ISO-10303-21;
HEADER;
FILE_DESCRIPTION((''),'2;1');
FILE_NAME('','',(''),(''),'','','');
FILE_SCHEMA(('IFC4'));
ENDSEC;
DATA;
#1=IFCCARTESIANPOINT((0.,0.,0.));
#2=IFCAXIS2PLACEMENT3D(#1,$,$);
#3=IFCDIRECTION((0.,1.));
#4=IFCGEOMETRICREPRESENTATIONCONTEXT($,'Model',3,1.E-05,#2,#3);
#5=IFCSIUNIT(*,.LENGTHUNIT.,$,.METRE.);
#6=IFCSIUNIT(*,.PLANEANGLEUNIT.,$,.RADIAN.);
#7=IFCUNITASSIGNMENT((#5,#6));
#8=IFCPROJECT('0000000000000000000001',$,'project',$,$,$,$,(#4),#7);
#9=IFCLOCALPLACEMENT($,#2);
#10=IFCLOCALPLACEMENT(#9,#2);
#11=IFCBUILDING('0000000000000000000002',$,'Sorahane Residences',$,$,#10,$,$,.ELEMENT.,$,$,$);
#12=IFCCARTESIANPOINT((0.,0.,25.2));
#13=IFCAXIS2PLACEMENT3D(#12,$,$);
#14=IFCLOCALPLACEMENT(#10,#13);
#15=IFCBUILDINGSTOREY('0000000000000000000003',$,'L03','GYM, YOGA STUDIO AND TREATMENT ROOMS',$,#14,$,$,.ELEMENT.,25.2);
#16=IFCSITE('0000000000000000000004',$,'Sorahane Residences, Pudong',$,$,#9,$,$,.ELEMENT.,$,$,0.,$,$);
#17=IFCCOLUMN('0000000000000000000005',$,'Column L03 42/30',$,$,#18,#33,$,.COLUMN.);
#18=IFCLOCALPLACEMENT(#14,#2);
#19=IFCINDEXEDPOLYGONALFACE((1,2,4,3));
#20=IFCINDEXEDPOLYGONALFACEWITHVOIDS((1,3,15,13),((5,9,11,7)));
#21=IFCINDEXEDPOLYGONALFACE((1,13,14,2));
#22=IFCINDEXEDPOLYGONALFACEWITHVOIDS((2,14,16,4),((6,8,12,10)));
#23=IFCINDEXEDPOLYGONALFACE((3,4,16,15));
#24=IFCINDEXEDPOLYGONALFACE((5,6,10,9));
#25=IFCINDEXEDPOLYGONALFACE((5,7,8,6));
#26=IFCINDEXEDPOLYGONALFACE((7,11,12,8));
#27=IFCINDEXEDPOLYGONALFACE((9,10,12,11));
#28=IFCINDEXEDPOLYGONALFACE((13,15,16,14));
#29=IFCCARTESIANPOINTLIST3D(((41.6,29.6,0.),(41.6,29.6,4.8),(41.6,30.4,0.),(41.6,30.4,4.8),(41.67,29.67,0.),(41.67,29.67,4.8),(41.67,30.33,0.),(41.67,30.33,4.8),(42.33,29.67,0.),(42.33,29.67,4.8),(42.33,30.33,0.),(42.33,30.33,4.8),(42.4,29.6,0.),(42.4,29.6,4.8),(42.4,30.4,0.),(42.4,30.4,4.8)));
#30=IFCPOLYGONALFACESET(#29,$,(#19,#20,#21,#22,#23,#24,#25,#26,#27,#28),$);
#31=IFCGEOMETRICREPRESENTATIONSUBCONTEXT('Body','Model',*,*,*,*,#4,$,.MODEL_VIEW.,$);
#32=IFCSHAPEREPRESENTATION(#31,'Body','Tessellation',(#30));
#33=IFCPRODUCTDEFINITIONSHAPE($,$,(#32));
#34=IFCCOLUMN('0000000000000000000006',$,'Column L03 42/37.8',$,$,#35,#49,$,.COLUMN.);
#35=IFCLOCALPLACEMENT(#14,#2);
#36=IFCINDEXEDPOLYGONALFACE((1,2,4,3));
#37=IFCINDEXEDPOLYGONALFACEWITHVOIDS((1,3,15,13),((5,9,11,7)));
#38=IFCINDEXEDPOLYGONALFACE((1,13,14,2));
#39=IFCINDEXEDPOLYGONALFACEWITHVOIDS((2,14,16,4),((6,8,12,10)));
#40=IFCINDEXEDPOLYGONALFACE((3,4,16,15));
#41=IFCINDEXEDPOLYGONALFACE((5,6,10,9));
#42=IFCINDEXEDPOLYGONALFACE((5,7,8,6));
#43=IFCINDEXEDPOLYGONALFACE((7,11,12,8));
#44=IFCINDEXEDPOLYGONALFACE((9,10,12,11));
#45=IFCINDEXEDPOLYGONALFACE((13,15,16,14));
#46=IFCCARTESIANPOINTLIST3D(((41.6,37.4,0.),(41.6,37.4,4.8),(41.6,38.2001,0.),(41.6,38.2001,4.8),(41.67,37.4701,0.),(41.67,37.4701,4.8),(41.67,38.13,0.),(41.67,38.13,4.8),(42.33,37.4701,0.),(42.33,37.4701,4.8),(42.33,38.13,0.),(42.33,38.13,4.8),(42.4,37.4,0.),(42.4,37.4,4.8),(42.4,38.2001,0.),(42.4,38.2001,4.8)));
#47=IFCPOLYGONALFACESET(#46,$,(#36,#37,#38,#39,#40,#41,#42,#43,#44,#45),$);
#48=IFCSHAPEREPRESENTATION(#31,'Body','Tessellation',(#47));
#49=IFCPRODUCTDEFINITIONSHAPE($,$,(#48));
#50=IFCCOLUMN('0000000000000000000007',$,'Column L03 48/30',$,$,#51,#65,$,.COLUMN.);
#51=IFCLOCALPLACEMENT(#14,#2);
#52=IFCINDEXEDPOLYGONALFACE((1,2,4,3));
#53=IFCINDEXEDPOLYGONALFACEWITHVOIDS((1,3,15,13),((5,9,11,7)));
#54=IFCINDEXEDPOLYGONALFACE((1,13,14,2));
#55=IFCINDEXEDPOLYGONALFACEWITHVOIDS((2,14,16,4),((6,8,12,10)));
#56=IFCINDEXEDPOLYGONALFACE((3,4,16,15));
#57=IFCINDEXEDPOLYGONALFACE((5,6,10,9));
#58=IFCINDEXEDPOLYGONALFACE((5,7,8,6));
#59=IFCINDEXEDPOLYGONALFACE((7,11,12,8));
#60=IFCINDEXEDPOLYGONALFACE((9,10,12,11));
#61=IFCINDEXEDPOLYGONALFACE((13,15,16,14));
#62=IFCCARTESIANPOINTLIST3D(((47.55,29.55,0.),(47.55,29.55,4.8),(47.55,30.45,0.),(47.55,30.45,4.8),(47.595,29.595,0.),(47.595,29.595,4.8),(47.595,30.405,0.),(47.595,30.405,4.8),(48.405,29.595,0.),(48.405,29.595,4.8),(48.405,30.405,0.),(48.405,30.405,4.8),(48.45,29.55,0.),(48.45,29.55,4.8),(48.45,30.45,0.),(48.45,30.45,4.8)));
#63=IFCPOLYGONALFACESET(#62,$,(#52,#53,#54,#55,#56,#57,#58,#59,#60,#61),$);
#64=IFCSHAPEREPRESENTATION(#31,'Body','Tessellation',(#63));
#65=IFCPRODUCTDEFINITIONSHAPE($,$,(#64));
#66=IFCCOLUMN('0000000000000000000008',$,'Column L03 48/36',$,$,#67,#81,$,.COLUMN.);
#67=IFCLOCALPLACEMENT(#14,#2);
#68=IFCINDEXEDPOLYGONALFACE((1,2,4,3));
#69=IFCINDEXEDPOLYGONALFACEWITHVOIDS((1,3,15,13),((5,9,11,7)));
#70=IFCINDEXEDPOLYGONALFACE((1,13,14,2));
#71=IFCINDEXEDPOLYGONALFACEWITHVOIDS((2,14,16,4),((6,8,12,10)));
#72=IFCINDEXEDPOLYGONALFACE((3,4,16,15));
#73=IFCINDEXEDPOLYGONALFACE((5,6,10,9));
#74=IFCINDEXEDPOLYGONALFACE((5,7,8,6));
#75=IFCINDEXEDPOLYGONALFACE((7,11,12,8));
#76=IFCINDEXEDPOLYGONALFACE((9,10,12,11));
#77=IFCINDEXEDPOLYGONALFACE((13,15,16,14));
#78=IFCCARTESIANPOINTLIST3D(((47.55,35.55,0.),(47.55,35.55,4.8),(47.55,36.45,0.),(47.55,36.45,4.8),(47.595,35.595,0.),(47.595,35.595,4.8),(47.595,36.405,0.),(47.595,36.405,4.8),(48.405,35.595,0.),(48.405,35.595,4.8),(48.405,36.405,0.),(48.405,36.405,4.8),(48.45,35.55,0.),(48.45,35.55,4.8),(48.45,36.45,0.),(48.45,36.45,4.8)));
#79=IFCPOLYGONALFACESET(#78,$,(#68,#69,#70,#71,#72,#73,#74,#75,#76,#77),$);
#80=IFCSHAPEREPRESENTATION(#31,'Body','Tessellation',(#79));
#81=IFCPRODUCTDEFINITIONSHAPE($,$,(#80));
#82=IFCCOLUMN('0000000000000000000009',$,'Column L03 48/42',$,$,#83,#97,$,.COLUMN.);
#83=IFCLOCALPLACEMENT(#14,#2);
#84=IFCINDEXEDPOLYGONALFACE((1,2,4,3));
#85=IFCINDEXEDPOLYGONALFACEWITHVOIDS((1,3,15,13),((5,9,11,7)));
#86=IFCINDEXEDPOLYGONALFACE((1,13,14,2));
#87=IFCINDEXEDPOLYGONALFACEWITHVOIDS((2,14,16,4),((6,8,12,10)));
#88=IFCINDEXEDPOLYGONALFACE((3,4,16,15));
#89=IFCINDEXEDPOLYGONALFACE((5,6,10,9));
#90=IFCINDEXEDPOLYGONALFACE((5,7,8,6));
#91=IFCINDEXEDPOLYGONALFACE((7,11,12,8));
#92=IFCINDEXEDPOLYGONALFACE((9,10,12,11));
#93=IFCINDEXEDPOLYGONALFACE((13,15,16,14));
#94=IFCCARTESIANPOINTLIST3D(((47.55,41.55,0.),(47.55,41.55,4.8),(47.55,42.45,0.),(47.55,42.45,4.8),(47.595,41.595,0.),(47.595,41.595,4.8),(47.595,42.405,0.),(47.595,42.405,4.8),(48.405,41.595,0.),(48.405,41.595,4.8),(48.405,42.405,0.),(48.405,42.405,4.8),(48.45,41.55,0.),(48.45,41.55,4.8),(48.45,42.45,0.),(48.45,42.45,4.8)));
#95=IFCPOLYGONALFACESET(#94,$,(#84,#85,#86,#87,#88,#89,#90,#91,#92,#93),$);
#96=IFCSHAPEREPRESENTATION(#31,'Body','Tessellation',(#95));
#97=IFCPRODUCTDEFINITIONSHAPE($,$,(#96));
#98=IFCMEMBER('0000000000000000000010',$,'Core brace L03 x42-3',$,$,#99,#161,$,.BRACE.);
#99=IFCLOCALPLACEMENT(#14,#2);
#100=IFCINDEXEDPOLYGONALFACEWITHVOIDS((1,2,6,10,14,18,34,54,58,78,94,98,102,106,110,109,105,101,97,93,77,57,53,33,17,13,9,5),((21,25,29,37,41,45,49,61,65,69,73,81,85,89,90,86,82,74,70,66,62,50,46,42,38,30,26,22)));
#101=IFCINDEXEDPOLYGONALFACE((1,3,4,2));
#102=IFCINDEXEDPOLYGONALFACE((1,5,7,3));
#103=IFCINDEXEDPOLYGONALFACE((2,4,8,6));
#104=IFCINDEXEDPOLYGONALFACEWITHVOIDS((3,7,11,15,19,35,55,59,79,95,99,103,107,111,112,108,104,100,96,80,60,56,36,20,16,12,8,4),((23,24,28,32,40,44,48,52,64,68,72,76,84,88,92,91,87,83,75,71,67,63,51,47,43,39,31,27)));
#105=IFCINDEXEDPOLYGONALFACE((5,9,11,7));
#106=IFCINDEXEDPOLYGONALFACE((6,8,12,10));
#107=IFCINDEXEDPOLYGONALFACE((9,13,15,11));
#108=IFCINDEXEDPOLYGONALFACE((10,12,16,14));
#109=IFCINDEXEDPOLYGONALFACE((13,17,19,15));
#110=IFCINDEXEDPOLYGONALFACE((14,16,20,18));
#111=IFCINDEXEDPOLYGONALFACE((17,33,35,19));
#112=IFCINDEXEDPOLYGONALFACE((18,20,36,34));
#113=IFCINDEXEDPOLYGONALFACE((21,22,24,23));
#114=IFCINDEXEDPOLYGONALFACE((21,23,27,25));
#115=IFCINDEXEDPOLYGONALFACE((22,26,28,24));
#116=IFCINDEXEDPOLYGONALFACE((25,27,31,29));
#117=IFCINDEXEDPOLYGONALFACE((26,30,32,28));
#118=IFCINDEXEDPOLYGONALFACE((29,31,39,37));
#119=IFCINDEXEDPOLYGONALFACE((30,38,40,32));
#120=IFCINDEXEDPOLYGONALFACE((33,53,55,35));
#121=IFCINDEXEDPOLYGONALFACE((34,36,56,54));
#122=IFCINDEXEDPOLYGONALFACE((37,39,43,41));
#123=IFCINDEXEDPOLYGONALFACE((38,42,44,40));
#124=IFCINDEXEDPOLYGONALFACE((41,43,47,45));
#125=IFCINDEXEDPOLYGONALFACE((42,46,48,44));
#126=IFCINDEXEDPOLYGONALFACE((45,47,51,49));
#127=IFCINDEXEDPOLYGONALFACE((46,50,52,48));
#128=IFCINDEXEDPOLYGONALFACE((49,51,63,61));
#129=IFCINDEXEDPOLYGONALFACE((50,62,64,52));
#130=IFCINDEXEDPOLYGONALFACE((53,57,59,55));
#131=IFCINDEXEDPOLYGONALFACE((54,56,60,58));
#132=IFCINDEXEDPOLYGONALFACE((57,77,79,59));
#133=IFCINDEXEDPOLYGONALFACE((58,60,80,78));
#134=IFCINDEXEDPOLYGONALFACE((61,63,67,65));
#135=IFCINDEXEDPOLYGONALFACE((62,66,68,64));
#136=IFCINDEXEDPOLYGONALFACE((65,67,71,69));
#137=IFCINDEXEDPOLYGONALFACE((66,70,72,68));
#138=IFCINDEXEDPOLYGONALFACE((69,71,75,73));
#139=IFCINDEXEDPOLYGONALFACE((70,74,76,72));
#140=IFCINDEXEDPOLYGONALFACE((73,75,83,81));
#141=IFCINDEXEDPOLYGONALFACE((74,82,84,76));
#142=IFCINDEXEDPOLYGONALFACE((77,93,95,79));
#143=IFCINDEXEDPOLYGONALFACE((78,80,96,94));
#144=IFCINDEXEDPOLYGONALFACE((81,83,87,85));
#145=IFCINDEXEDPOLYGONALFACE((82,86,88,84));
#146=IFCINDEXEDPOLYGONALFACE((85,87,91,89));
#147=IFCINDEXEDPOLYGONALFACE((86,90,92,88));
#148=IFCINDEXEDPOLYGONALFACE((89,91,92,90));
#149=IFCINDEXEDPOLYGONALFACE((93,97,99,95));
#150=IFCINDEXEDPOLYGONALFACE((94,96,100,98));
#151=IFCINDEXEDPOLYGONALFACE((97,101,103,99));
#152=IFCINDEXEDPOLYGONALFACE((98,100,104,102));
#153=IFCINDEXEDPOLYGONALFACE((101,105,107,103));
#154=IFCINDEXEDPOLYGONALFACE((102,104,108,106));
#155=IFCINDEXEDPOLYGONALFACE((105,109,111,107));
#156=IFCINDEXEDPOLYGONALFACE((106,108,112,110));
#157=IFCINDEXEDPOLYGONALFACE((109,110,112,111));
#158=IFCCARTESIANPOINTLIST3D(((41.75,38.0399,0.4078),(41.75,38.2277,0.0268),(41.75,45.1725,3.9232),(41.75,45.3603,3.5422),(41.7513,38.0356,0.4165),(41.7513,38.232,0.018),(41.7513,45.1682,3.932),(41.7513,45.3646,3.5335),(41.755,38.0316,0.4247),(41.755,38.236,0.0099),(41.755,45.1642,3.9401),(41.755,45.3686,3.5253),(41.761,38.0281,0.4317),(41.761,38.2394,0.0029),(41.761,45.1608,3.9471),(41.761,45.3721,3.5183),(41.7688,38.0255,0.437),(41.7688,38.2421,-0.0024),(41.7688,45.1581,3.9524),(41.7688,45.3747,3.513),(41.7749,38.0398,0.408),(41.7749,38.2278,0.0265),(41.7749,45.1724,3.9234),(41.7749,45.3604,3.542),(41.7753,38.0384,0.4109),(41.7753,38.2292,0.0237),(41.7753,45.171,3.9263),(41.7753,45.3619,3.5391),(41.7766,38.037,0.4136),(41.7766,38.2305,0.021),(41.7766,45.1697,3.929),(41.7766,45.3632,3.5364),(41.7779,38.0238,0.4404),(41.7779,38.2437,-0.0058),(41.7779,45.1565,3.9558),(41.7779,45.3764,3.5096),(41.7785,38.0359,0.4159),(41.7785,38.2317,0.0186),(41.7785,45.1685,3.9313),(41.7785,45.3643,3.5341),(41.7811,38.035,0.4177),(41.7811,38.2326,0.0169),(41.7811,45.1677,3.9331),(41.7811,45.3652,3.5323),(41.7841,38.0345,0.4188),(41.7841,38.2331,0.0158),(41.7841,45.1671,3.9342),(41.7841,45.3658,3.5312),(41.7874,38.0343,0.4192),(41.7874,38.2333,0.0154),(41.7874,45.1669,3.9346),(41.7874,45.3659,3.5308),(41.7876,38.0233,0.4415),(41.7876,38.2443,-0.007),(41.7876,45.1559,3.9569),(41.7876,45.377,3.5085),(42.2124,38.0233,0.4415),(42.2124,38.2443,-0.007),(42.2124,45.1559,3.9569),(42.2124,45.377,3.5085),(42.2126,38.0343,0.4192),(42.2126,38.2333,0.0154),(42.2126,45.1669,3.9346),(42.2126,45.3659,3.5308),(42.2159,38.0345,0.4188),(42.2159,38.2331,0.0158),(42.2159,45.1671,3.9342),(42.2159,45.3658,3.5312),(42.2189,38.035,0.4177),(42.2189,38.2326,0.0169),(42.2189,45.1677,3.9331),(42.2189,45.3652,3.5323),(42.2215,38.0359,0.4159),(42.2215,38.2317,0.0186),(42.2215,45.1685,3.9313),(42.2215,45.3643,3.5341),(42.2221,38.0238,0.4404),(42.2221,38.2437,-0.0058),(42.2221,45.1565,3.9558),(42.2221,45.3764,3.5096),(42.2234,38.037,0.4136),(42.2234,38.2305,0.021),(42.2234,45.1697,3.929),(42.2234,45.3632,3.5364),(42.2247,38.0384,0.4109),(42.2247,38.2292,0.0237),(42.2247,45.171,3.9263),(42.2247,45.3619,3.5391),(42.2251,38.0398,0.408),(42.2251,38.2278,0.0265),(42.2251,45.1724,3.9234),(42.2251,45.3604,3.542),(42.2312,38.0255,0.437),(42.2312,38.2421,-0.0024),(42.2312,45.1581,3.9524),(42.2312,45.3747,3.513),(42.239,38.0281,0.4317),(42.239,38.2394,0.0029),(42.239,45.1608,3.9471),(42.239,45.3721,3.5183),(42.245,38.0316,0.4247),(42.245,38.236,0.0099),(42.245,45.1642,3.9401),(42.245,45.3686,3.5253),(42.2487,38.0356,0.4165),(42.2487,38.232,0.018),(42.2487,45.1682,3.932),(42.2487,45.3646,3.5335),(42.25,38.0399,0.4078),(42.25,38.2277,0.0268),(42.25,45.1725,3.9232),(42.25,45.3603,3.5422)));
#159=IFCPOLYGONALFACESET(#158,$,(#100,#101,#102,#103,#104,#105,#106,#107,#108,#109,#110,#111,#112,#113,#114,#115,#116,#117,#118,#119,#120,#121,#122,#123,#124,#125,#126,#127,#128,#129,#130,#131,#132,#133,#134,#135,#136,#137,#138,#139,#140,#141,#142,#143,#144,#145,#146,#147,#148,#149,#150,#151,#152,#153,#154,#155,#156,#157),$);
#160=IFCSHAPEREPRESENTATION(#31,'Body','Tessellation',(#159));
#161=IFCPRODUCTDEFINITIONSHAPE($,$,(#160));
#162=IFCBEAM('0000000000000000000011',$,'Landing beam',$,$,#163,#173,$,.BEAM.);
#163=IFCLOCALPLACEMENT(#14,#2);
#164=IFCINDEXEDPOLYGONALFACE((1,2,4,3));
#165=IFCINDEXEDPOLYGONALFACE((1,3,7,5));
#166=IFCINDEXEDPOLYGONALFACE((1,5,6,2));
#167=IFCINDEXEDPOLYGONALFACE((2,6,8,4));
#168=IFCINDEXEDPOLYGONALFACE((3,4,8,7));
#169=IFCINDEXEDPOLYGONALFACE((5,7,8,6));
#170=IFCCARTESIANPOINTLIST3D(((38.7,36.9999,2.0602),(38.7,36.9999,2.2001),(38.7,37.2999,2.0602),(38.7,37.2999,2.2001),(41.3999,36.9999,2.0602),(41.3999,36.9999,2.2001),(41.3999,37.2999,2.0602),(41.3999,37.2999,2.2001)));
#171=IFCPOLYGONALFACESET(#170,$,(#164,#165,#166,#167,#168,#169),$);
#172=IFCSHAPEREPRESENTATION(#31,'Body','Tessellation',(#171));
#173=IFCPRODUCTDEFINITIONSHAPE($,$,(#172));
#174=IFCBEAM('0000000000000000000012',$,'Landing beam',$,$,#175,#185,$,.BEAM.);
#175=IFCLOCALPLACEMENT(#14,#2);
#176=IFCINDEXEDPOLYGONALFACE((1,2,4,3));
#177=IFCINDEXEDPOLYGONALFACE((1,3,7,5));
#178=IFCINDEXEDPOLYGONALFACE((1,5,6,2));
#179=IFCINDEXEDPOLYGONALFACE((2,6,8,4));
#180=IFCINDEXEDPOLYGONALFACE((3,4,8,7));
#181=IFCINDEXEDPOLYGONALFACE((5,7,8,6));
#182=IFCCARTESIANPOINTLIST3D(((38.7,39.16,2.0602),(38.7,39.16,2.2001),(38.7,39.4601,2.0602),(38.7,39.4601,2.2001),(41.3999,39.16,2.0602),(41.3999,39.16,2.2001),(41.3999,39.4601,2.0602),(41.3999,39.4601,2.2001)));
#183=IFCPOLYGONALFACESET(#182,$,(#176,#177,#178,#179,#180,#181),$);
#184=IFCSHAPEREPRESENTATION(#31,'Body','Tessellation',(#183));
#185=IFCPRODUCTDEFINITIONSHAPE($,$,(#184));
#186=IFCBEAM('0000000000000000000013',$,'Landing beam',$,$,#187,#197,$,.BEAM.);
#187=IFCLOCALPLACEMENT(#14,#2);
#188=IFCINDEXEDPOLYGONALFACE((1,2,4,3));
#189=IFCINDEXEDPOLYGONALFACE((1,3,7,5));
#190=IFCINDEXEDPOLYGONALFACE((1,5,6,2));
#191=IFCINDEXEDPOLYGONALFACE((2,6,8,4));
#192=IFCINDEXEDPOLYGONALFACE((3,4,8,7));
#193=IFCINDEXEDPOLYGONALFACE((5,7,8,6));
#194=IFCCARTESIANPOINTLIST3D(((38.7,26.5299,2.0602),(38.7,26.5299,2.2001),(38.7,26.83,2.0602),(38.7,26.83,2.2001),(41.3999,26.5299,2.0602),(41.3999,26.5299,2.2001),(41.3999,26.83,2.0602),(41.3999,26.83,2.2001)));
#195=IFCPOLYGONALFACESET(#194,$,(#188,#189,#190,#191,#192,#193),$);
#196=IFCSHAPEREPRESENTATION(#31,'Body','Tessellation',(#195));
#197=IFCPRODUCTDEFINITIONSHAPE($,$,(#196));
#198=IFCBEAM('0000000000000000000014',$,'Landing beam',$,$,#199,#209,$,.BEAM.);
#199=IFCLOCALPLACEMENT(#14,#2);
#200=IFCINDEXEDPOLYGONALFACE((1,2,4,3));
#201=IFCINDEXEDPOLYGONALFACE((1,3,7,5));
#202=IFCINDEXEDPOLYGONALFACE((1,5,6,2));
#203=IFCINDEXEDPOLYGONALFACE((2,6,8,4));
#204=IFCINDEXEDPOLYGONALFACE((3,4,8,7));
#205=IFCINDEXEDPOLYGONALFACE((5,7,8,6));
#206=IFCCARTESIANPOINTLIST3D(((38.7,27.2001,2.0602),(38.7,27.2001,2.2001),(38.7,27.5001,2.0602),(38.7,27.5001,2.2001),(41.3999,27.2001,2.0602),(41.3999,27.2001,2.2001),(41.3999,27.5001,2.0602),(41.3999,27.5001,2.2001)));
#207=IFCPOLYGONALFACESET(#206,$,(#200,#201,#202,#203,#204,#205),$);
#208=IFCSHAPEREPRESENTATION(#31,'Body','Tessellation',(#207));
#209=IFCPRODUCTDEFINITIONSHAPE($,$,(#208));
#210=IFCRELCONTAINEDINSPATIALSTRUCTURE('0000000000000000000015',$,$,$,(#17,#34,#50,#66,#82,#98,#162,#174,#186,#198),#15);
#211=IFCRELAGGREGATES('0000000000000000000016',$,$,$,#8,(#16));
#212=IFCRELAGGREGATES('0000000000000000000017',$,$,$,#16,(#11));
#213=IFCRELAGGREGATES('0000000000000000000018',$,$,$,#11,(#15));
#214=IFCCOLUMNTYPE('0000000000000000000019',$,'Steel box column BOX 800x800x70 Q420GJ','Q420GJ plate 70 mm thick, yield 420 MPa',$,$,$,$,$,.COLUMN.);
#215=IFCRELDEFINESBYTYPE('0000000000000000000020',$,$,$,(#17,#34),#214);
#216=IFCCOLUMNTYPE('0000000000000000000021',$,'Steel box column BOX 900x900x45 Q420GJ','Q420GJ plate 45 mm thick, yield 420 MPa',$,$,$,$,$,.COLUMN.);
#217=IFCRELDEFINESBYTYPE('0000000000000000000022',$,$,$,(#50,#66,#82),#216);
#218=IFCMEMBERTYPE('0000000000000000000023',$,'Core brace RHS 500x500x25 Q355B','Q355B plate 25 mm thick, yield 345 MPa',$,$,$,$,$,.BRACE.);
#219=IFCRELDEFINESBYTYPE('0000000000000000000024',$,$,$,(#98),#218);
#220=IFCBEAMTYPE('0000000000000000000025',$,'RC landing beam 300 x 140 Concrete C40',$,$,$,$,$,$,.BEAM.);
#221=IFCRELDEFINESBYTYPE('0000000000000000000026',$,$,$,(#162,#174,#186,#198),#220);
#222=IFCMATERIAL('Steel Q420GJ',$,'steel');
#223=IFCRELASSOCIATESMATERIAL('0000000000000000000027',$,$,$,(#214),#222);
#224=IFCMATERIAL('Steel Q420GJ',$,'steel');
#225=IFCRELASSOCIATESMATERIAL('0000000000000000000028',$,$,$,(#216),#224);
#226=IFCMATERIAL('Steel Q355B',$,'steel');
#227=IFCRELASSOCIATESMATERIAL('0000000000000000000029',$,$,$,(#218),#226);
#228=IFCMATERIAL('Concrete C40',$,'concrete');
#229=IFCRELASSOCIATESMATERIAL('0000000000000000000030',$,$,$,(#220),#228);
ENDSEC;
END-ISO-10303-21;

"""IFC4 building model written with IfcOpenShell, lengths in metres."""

from ifc_helpers import new_model, si_unit, direction, frame, origin, origin_2d, place, context, subcontext, project, spatial, rectangle, hollow_rectangle, extrude, material, material_profile, profile_set, type_object, element, save


model = new_model("IFC4")

# Units and contexts
model_context = context("Model", 3, precision=1e-05, world=origin(), true_north=direction((0.0, 1.0)))
body_context = subcontext(model_context, "Body", "Model", "MODEL_VIEW")
ifc_project = project(units=[si_unit("LENGTHUNIT", "METRE"), si_unit("PLANEANGLEUNIT", "RADIAN")], contexts=[model_context])

# Site, building, storey
site_placement = place(None, origin())
site = spatial("IfcSite", under=ifc_project, at=site_placement, Name="Sorahane Residences, Pudong", CompositionType="ELEMENT", RefElevation=0.0)
building_placement = place(site_placement, origin())
building = spatial("IfcBuilding", under=site, at=building_placement, Name="Sorahane Residences", CompositionType="ELEMENT")
storey_placement = place(building_placement, frame((0.0, 0.0, 25.2)))
storey = spatial("IfcBuildingStorey", under=building, at=storey_placement, Name="L03", Description="GYM, YOGA STUDIO AND TREATMENT ROOMS", CompositionType="ELEMENT", Elevation=25.2)

# Columns
ifc_material_1 = material(Name="Steel Q420GJ", Category="steel")
ifc_material_profile_1 = material_profile(ifc_material_1, hollow_rectangle(XDim=0.8, YDim=0.8, WallThickness=0.0701, at=origin_2d()), Name="BOX 800x800x70")
ifc_profile_set_1 = profile_set([ifc_material_profile_1], Name="Steel Q420GJ")
column_type_1 = type_object("IfcColumnType", Name="Steel box column BOX 800x800x70 Q420GJ", Description="Q420GJ plate 70 mm thick, yield 420 MPa", PredefinedType="COLUMN", material=ifc_profile_set_1)
for number, where, z_axis, x_axis, name in (
    (1, (42.0, 30.0, 0.0), (0.0, 0.0, 1.0), (1.0, 0.0, 0.0), "Column L03 42/30"),
    (2, (42.0, 37.8, 0.0), (0.0, 0.0, 1.0), (1.0, 0.0, 0.0), "Column L03 42/37.8"),
):
    element("IfcColumn", number, at=place(storey_placement, frame(where, z_axis=z_axis, x_axis=x_axis)), inside=storey, type_object=column_type_1, Name=name, PredefinedType="COLUMN", context=body_context, shape_type="SweptSolid", body=[
        extrude(hollow_rectangle(XDim=0.8, YDim=0.8, WallThickness=0.0701, at=origin_2d()), origin(), (0.0, 0.0, 1.0), 4.8),
    ])
ifc_material_2 = material(Name="Steel Q420GJ", Category="steel")
ifc_material_profile_2 = material_profile(ifc_material_2, hollow_rectangle(XDim=0.8999, YDim=0.8999, WallThickness=0.0449, at=origin_2d()), Name="BOX 900x900x45")
ifc_profile_set_2 = profile_set([ifc_material_profile_2], Name="Steel Q420GJ")
column_type_2 = type_object("IfcColumnType", Name="Steel box column BOX 900x900x45 Q420GJ", Description="Q420GJ plate 45 mm thick, yield 420 MPa", PredefinedType="COLUMN", material=ifc_profile_set_2)
for number, where, z_axis, x_axis, name in (
    (3, (48.0, 30.0, 0.0), (0.0, 0.0, 1.0), (1.0, 0.0, 0.0), "Column L03 48/30"),
    (4, (48.0, 36.0, 0.0), (0.0, 0.0, 1.0), (1.0, 0.0, 0.0), "Column L03 48/36"),
    (5, (48.0, 42.0, 0.0), (0.0, 0.0, 1.0), (1.0, 0.0, 0.0), "Column L03 48/42"),
):
    element("IfcColumn", number, at=place(storey_placement, frame(where, z_axis=z_axis, x_axis=x_axis)), inside=storey, type_object=column_type_2, Name=name, PredefinedType="COLUMN", context=body_context, shape_type="SweptSolid", body=[
        extrude(hollow_rectangle(XDim=0.8999, YDim=0.8999, WallThickness=0.0449, at=origin_2d()), origin(), (0.0, 0.0, 1.0), 4.8),
    ])

# Member
ifc_material_3 = material(Name="Steel Q355B", Category="steel")
ifc_material_profile_3 = material_profile(ifc_material_3, hollow_rectangle(XDim=0.5, YDim=0.5, WallThickness=0.0249, InnerFilletRadius=0.0125, OuterFilletRadius=0.0376, at=origin_2d()), Name="RHS 500x500x25")
ifc_profile_set_3 = profile_set([ifc_material_profile_3], Name="Steel Q355B")
member_type = type_object("IfcMemberType", Name="Core brace RHS 500x500x25 Q355B", Description="Q355B plate 25 mm thick, yield 345 MPa", PredefinedType="BRACE", material=ifc_profile_set_3)
member_placement = place(storey_placement, frame((42.0, 38.1338, 0.2173), z_axis=(0.0, 0.896973, 0.442085), x_axis=(-1.0, 0.0, 0.0)))
element("IfcMember", 6, at=member_placement, inside=storey, type_object=member_type, Name="Core brace L03 x42-3", PredefinedType="BRACE", context=body_context, shape_type="SweptSolid", body=[
    extrude(hollow_rectangle(XDim=0.5, YDim=0.5, WallThickness=0.0249, InnerFilletRadius=0.0125, OuterFilletRadius=0.0376, at=origin_2d()), origin(), (0.0, 0.0, 1.0), 7.9519),
])

# Beams
ifc_material_4 = material(Name="Concrete C40", Category="concrete")
ifc_material_profile_4 = material_profile(ifc_material_4, rectangle(XDim=0.3, YDim=0.1399, at=origin_2d()), Name="300x140")
ifc_profile_set_4 = profile_set([ifc_material_profile_4], Name="Concrete C40")
beam_type_1 = type_object("IfcBeamType", Name="RC landing beam 300 x 140 Concrete C40", PredefinedType="BEAM", material=ifc_profile_set_4)
for number, where, z_axis, x_axis, name in (
    (7, (38.7, 37.1499, 2.1301), (1.0, 0.0, 0.0), (0.0, 1.0, 0.0), "Landing beam"),
    (8, (38.7, 39.3101, 2.1301), (1.0, 0.0, 0.0), (0.0, 1.0, 0.0), "Landing beam"),
    (9, (38.7, 26.6799, 2.1301), (1.0, 0.0, 0.0), (0.0, 1.0, 0.0), "Landing beam"),
    (10, (38.7, 27.3501, 2.1301), (1.0, 0.0, 0.0), (0.0, 1.0, 0.0), "Landing beam"),
):
    element("IfcBeam", number, at=place(storey_placement, frame(where, z_axis=z_axis, x_axis=x_axis)), inside=storey, type_object=beam_type_1, Name=name, PredefinedType="BEAM", context=body_context, shape_type="SweptSolid", body=[
        extrude(rectangle(XDim=0.3, YDim=0.1399, at=origin_2d()), origin(), (0.0, 0.0, 1.0), 2.7),
    ])

save(model, "model.ifc")
